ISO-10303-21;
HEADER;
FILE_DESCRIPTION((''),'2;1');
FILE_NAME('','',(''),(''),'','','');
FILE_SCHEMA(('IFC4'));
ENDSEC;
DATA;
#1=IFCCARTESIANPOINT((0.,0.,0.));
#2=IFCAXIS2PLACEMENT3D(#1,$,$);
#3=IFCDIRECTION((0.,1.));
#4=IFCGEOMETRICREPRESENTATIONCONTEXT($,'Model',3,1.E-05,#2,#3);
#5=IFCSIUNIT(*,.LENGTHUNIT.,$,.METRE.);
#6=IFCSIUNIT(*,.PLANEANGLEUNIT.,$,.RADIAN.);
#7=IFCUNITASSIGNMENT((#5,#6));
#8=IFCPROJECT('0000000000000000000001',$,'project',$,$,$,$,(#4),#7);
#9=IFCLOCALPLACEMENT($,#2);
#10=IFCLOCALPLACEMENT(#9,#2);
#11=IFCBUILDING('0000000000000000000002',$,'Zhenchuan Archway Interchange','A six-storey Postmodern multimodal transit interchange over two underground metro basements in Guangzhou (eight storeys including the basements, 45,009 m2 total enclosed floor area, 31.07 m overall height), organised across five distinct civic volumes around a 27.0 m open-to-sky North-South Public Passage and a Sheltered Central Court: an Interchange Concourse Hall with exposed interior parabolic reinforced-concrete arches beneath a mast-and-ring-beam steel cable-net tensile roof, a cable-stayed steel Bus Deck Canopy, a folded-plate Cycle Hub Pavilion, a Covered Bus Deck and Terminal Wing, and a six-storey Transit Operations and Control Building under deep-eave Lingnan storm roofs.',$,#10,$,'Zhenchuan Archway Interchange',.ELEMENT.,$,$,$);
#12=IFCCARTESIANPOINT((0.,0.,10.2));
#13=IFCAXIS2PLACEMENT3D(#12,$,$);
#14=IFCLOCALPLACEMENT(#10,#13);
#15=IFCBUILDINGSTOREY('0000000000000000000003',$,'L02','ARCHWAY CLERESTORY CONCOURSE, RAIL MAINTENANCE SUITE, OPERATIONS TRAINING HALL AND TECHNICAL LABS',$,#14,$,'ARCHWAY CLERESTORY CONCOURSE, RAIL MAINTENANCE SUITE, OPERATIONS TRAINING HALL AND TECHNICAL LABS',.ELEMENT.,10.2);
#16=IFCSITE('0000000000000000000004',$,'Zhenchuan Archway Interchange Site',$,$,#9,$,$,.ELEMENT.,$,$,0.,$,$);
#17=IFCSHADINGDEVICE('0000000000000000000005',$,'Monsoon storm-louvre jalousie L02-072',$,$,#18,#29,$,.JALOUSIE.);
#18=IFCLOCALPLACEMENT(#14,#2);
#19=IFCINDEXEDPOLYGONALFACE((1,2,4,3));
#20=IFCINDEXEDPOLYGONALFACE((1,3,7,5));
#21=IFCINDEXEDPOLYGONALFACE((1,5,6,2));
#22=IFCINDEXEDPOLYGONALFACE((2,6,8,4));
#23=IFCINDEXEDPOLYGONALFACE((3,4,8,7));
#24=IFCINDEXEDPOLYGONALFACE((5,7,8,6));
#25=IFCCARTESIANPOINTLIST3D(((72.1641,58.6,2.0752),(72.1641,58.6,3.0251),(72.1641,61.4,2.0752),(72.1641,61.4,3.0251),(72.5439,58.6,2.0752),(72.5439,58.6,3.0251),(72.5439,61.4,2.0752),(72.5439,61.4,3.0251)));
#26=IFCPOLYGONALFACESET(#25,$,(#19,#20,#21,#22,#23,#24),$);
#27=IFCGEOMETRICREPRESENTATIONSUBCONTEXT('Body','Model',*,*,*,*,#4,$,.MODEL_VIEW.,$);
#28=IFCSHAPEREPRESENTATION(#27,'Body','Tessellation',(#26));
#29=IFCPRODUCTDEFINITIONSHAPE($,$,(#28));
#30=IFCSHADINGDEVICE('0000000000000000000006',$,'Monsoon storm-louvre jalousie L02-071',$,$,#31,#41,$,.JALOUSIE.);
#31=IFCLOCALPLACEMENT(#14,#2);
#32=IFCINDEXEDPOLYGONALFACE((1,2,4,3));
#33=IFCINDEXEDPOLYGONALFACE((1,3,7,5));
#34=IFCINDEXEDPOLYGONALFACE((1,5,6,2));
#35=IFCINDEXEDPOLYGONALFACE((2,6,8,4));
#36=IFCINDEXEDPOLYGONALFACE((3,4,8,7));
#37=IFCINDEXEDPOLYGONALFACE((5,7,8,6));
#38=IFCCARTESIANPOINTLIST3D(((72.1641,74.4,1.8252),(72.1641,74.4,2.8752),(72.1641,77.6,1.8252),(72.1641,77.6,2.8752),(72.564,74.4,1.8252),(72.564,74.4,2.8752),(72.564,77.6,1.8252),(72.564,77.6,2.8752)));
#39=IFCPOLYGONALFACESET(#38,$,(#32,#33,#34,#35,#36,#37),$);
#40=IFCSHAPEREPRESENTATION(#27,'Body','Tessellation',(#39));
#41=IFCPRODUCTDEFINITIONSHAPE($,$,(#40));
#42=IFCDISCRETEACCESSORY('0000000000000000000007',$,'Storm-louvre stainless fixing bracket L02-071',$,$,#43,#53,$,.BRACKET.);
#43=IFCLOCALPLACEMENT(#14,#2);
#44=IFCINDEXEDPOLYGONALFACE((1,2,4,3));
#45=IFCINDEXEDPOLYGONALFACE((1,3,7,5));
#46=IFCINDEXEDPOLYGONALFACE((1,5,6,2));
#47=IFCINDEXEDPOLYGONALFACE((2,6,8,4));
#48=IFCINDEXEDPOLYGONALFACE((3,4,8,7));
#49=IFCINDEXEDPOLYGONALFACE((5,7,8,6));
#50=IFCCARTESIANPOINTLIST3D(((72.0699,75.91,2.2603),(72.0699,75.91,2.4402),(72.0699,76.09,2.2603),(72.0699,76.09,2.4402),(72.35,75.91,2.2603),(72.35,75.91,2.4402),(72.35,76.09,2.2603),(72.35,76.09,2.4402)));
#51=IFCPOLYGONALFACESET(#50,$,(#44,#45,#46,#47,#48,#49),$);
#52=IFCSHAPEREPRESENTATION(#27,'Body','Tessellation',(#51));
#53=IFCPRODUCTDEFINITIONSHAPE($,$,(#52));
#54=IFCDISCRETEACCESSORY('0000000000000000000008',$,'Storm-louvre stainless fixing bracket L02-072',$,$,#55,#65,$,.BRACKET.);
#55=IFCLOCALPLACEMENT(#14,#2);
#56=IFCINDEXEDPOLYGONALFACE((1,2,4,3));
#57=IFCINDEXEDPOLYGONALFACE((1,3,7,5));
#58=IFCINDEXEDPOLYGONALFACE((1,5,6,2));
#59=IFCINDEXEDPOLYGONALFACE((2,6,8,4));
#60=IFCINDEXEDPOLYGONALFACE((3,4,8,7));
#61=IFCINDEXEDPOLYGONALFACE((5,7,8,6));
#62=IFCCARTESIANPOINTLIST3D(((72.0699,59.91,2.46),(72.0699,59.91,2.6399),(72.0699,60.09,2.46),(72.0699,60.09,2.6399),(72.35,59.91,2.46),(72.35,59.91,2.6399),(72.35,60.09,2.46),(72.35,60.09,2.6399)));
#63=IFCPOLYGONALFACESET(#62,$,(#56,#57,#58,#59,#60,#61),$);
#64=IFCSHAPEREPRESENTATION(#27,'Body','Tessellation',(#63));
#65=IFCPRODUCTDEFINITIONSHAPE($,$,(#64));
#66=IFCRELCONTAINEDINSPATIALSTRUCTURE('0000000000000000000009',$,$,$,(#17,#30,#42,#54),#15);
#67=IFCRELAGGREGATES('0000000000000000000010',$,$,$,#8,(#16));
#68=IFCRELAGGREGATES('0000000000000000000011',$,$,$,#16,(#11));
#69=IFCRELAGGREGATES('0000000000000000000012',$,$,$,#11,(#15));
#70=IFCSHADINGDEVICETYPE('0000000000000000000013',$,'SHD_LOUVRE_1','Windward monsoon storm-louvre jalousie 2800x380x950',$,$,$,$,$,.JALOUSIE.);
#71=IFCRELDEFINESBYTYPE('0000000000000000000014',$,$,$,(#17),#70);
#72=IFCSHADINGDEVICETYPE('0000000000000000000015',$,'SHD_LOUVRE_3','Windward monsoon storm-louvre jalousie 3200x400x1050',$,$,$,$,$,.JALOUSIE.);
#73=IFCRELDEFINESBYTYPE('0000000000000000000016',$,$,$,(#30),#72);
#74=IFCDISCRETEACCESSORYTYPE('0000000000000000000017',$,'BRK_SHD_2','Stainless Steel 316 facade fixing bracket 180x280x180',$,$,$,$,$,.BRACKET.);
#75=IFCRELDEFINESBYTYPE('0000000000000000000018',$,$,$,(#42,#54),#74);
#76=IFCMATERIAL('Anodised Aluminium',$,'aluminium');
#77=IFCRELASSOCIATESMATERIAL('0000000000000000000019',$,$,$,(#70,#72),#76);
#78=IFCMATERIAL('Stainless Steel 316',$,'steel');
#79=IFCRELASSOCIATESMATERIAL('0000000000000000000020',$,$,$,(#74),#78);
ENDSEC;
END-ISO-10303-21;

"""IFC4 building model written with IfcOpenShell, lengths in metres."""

from ifc_helpers import new_model, si_unit, direction, frame, origin, origin_2d, place, context, subcontext, project, spatial, rectangle, extrude, material, type_object, element, save


model = new_model("IFC4")

# Units and contexts
model_context = context("Model", 3, precision=1e-05, world=origin(), true_north=direction((0.0, 1.0)))
body_context = subcontext(model_context, "Body", "Model", "MODEL_VIEW")
ifc_project = project(units=[si_unit("LENGTHUNIT", "METRE"), si_unit("PLANEANGLEUNIT", "RADIAN")], contexts=[model_context])

# Site, building, storey
site_placement = place(None, origin())
site = spatial("IfcSite", under=ifc_project, at=site_placement, Name="Zhenchuan Archway Interchange Site", CompositionType="ELEMENT", RefElevation=0.0)
building_placement = place(site_placement, origin())
building = spatial("IfcBuilding", under=site, at=building_placement, Name="Zhenchuan Archway Interchange", Description="A six-storey Postmodern multimodal transit interchange over two underground metro basements in Guangzhou (eight storeys including the basements, 45,009 m2 total enclosed floor area, 31.07 m overall height), organised across five distinct civic volumes around a 27.0 m open-to-sky North-South Public Passage and a Sheltered Central Court: an Interchange Concourse Hall with exposed interior parabolic reinforced-concrete arches beneath a mast-and-ring-beam steel cable-net tensile roof, a cable-stayed steel Bus Deck Canopy, a folded-plate Cycle Hub Pavilion, a Covered Bus Deck and Terminal Wing, and a six-storey Transit Operations and Control Building under deep-eave Lingnan storm roofs.", LongName="Zhenchuan Archway Interchange", CompositionType="ELEMENT")
storey_placement = place(building_placement, frame((0.0, 0.0, 10.2)))
storey = spatial("IfcBuildingStorey", under=building, at=storey_placement, Name="L02", Description="ARCHWAY CLERESTORY CONCOURSE, RAIL MAINTENANCE SUITE, OPERATIONS TRAINING HALL AND TECHNICAL LABS", LongName="ARCHWAY CLERESTORY CONCOURSE, RAIL MAINTENANCE SUITE, OPERATIONS TRAINING HALL AND TECHNICAL LABS", CompositionType="ELEMENT", Elevation=10.2)

# Shared definitions
ifc_material_1 = material(Name="Anodised Aluminium", Category="aluminium")

# Shading devices
shading_device_type_1 = type_object("IfcShadingDeviceType", Name="SHD_LOUVRE_1", Description="Windward monsoon storm-louvre jalousie 2800x380x950", PredefinedType="JALOUSIE", material=ifc_material_1)
shading_device_1_placement = place(storey_placement, frame((72.354, 60.0, 2.0752), z_axis=(0.0, 0.0, 1.0), x_axis=(0.0, -1.0, 0.0)))
element("IfcShadingDevice", 1, at=shading_device_1_placement, inside=storey, type_object=shading_device_type_1, Name="Monsoon storm-louvre jalousie L02-072", PredefinedType="JALOUSIE", context=body_context, shape_type="SweptSolid", body=[
    extrude(rectangle(XDim=2.8, YDim=0.3799, at=origin_2d()), origin(), (0.0, 0.0, 1.0), 0.95),
])
shading_device_type_2 = type_object("IfcShadingDeviceType", Name="SHD_LOUVRE_3", Description="Windward monsoon storm-louvre jalousie 3200x400x1050", PredefinedType="JALOUSIE", material=ifc_material_1)
shading_device_2_placement = place(storey_placement, frame((72.364, 76.0, 1.8252), z_axis=(0.0, 0.0, 1.0), x_axis=(0.0, -1.0, 0.0)))
element("IfcShadingDevice", 2, at=shading_device_2_placement, inside=storey, type_object=shading_device_type_2, Name="Monsoon storm-louvre jalousie L02-071", PredefinedType="JALOUSIE", context=body_context, shape_type="SweptSolid", body=[
    extrude(rectangle(XDim=3.2, YDim=0.3999, at=origin_2d()), origin(), (0.0, 0.0, 1.0), 1.05),
])

# Discrete accessories
ifc_material_2 = material(Name="Stainless Steel 316", Category="steel")
discrete_accessory_type = type_object("IfcDiscreteAccessoryType", Name="BRK_SHD_2", Description="Stainless Steel 316 facade fixing bracket 180x280x180", PredefinedType="BRACKET", material=ifc_material_2)
for number, where, z_axis, x_axis, name in (
    (3, (72.21, 76.0, 2.2603), (0.0, 0.0, 1.0), (0.0, -1.0, 0.0), "Storm-louvre stainless fixing bracket L02-071"),
    (4, (72.21, 60.0, 2.46), (0.0, 0.0, 1.0), (0.0, -1.0, 0.0), "Storm-louvre stainless fixing bracket L02-072"),
):
    element("IfcDiscreteAccessory", number, at=place(storey_placement, frame(where, z_axis=z_axis, x_axis=x_axis)), inside=storey, type_object=discrete_accessory_type, Name=name, PredefinedType="BRACKET", context=body_context, shape_type="SweptSolid", body=[
        extrude(rectangle(XDim=0.1799, YDim=0.28, at=origin_2d()), origin(), (0.0, 0.0, 1.0), 0.1799),
    ])

save(model, "model.ifc")
